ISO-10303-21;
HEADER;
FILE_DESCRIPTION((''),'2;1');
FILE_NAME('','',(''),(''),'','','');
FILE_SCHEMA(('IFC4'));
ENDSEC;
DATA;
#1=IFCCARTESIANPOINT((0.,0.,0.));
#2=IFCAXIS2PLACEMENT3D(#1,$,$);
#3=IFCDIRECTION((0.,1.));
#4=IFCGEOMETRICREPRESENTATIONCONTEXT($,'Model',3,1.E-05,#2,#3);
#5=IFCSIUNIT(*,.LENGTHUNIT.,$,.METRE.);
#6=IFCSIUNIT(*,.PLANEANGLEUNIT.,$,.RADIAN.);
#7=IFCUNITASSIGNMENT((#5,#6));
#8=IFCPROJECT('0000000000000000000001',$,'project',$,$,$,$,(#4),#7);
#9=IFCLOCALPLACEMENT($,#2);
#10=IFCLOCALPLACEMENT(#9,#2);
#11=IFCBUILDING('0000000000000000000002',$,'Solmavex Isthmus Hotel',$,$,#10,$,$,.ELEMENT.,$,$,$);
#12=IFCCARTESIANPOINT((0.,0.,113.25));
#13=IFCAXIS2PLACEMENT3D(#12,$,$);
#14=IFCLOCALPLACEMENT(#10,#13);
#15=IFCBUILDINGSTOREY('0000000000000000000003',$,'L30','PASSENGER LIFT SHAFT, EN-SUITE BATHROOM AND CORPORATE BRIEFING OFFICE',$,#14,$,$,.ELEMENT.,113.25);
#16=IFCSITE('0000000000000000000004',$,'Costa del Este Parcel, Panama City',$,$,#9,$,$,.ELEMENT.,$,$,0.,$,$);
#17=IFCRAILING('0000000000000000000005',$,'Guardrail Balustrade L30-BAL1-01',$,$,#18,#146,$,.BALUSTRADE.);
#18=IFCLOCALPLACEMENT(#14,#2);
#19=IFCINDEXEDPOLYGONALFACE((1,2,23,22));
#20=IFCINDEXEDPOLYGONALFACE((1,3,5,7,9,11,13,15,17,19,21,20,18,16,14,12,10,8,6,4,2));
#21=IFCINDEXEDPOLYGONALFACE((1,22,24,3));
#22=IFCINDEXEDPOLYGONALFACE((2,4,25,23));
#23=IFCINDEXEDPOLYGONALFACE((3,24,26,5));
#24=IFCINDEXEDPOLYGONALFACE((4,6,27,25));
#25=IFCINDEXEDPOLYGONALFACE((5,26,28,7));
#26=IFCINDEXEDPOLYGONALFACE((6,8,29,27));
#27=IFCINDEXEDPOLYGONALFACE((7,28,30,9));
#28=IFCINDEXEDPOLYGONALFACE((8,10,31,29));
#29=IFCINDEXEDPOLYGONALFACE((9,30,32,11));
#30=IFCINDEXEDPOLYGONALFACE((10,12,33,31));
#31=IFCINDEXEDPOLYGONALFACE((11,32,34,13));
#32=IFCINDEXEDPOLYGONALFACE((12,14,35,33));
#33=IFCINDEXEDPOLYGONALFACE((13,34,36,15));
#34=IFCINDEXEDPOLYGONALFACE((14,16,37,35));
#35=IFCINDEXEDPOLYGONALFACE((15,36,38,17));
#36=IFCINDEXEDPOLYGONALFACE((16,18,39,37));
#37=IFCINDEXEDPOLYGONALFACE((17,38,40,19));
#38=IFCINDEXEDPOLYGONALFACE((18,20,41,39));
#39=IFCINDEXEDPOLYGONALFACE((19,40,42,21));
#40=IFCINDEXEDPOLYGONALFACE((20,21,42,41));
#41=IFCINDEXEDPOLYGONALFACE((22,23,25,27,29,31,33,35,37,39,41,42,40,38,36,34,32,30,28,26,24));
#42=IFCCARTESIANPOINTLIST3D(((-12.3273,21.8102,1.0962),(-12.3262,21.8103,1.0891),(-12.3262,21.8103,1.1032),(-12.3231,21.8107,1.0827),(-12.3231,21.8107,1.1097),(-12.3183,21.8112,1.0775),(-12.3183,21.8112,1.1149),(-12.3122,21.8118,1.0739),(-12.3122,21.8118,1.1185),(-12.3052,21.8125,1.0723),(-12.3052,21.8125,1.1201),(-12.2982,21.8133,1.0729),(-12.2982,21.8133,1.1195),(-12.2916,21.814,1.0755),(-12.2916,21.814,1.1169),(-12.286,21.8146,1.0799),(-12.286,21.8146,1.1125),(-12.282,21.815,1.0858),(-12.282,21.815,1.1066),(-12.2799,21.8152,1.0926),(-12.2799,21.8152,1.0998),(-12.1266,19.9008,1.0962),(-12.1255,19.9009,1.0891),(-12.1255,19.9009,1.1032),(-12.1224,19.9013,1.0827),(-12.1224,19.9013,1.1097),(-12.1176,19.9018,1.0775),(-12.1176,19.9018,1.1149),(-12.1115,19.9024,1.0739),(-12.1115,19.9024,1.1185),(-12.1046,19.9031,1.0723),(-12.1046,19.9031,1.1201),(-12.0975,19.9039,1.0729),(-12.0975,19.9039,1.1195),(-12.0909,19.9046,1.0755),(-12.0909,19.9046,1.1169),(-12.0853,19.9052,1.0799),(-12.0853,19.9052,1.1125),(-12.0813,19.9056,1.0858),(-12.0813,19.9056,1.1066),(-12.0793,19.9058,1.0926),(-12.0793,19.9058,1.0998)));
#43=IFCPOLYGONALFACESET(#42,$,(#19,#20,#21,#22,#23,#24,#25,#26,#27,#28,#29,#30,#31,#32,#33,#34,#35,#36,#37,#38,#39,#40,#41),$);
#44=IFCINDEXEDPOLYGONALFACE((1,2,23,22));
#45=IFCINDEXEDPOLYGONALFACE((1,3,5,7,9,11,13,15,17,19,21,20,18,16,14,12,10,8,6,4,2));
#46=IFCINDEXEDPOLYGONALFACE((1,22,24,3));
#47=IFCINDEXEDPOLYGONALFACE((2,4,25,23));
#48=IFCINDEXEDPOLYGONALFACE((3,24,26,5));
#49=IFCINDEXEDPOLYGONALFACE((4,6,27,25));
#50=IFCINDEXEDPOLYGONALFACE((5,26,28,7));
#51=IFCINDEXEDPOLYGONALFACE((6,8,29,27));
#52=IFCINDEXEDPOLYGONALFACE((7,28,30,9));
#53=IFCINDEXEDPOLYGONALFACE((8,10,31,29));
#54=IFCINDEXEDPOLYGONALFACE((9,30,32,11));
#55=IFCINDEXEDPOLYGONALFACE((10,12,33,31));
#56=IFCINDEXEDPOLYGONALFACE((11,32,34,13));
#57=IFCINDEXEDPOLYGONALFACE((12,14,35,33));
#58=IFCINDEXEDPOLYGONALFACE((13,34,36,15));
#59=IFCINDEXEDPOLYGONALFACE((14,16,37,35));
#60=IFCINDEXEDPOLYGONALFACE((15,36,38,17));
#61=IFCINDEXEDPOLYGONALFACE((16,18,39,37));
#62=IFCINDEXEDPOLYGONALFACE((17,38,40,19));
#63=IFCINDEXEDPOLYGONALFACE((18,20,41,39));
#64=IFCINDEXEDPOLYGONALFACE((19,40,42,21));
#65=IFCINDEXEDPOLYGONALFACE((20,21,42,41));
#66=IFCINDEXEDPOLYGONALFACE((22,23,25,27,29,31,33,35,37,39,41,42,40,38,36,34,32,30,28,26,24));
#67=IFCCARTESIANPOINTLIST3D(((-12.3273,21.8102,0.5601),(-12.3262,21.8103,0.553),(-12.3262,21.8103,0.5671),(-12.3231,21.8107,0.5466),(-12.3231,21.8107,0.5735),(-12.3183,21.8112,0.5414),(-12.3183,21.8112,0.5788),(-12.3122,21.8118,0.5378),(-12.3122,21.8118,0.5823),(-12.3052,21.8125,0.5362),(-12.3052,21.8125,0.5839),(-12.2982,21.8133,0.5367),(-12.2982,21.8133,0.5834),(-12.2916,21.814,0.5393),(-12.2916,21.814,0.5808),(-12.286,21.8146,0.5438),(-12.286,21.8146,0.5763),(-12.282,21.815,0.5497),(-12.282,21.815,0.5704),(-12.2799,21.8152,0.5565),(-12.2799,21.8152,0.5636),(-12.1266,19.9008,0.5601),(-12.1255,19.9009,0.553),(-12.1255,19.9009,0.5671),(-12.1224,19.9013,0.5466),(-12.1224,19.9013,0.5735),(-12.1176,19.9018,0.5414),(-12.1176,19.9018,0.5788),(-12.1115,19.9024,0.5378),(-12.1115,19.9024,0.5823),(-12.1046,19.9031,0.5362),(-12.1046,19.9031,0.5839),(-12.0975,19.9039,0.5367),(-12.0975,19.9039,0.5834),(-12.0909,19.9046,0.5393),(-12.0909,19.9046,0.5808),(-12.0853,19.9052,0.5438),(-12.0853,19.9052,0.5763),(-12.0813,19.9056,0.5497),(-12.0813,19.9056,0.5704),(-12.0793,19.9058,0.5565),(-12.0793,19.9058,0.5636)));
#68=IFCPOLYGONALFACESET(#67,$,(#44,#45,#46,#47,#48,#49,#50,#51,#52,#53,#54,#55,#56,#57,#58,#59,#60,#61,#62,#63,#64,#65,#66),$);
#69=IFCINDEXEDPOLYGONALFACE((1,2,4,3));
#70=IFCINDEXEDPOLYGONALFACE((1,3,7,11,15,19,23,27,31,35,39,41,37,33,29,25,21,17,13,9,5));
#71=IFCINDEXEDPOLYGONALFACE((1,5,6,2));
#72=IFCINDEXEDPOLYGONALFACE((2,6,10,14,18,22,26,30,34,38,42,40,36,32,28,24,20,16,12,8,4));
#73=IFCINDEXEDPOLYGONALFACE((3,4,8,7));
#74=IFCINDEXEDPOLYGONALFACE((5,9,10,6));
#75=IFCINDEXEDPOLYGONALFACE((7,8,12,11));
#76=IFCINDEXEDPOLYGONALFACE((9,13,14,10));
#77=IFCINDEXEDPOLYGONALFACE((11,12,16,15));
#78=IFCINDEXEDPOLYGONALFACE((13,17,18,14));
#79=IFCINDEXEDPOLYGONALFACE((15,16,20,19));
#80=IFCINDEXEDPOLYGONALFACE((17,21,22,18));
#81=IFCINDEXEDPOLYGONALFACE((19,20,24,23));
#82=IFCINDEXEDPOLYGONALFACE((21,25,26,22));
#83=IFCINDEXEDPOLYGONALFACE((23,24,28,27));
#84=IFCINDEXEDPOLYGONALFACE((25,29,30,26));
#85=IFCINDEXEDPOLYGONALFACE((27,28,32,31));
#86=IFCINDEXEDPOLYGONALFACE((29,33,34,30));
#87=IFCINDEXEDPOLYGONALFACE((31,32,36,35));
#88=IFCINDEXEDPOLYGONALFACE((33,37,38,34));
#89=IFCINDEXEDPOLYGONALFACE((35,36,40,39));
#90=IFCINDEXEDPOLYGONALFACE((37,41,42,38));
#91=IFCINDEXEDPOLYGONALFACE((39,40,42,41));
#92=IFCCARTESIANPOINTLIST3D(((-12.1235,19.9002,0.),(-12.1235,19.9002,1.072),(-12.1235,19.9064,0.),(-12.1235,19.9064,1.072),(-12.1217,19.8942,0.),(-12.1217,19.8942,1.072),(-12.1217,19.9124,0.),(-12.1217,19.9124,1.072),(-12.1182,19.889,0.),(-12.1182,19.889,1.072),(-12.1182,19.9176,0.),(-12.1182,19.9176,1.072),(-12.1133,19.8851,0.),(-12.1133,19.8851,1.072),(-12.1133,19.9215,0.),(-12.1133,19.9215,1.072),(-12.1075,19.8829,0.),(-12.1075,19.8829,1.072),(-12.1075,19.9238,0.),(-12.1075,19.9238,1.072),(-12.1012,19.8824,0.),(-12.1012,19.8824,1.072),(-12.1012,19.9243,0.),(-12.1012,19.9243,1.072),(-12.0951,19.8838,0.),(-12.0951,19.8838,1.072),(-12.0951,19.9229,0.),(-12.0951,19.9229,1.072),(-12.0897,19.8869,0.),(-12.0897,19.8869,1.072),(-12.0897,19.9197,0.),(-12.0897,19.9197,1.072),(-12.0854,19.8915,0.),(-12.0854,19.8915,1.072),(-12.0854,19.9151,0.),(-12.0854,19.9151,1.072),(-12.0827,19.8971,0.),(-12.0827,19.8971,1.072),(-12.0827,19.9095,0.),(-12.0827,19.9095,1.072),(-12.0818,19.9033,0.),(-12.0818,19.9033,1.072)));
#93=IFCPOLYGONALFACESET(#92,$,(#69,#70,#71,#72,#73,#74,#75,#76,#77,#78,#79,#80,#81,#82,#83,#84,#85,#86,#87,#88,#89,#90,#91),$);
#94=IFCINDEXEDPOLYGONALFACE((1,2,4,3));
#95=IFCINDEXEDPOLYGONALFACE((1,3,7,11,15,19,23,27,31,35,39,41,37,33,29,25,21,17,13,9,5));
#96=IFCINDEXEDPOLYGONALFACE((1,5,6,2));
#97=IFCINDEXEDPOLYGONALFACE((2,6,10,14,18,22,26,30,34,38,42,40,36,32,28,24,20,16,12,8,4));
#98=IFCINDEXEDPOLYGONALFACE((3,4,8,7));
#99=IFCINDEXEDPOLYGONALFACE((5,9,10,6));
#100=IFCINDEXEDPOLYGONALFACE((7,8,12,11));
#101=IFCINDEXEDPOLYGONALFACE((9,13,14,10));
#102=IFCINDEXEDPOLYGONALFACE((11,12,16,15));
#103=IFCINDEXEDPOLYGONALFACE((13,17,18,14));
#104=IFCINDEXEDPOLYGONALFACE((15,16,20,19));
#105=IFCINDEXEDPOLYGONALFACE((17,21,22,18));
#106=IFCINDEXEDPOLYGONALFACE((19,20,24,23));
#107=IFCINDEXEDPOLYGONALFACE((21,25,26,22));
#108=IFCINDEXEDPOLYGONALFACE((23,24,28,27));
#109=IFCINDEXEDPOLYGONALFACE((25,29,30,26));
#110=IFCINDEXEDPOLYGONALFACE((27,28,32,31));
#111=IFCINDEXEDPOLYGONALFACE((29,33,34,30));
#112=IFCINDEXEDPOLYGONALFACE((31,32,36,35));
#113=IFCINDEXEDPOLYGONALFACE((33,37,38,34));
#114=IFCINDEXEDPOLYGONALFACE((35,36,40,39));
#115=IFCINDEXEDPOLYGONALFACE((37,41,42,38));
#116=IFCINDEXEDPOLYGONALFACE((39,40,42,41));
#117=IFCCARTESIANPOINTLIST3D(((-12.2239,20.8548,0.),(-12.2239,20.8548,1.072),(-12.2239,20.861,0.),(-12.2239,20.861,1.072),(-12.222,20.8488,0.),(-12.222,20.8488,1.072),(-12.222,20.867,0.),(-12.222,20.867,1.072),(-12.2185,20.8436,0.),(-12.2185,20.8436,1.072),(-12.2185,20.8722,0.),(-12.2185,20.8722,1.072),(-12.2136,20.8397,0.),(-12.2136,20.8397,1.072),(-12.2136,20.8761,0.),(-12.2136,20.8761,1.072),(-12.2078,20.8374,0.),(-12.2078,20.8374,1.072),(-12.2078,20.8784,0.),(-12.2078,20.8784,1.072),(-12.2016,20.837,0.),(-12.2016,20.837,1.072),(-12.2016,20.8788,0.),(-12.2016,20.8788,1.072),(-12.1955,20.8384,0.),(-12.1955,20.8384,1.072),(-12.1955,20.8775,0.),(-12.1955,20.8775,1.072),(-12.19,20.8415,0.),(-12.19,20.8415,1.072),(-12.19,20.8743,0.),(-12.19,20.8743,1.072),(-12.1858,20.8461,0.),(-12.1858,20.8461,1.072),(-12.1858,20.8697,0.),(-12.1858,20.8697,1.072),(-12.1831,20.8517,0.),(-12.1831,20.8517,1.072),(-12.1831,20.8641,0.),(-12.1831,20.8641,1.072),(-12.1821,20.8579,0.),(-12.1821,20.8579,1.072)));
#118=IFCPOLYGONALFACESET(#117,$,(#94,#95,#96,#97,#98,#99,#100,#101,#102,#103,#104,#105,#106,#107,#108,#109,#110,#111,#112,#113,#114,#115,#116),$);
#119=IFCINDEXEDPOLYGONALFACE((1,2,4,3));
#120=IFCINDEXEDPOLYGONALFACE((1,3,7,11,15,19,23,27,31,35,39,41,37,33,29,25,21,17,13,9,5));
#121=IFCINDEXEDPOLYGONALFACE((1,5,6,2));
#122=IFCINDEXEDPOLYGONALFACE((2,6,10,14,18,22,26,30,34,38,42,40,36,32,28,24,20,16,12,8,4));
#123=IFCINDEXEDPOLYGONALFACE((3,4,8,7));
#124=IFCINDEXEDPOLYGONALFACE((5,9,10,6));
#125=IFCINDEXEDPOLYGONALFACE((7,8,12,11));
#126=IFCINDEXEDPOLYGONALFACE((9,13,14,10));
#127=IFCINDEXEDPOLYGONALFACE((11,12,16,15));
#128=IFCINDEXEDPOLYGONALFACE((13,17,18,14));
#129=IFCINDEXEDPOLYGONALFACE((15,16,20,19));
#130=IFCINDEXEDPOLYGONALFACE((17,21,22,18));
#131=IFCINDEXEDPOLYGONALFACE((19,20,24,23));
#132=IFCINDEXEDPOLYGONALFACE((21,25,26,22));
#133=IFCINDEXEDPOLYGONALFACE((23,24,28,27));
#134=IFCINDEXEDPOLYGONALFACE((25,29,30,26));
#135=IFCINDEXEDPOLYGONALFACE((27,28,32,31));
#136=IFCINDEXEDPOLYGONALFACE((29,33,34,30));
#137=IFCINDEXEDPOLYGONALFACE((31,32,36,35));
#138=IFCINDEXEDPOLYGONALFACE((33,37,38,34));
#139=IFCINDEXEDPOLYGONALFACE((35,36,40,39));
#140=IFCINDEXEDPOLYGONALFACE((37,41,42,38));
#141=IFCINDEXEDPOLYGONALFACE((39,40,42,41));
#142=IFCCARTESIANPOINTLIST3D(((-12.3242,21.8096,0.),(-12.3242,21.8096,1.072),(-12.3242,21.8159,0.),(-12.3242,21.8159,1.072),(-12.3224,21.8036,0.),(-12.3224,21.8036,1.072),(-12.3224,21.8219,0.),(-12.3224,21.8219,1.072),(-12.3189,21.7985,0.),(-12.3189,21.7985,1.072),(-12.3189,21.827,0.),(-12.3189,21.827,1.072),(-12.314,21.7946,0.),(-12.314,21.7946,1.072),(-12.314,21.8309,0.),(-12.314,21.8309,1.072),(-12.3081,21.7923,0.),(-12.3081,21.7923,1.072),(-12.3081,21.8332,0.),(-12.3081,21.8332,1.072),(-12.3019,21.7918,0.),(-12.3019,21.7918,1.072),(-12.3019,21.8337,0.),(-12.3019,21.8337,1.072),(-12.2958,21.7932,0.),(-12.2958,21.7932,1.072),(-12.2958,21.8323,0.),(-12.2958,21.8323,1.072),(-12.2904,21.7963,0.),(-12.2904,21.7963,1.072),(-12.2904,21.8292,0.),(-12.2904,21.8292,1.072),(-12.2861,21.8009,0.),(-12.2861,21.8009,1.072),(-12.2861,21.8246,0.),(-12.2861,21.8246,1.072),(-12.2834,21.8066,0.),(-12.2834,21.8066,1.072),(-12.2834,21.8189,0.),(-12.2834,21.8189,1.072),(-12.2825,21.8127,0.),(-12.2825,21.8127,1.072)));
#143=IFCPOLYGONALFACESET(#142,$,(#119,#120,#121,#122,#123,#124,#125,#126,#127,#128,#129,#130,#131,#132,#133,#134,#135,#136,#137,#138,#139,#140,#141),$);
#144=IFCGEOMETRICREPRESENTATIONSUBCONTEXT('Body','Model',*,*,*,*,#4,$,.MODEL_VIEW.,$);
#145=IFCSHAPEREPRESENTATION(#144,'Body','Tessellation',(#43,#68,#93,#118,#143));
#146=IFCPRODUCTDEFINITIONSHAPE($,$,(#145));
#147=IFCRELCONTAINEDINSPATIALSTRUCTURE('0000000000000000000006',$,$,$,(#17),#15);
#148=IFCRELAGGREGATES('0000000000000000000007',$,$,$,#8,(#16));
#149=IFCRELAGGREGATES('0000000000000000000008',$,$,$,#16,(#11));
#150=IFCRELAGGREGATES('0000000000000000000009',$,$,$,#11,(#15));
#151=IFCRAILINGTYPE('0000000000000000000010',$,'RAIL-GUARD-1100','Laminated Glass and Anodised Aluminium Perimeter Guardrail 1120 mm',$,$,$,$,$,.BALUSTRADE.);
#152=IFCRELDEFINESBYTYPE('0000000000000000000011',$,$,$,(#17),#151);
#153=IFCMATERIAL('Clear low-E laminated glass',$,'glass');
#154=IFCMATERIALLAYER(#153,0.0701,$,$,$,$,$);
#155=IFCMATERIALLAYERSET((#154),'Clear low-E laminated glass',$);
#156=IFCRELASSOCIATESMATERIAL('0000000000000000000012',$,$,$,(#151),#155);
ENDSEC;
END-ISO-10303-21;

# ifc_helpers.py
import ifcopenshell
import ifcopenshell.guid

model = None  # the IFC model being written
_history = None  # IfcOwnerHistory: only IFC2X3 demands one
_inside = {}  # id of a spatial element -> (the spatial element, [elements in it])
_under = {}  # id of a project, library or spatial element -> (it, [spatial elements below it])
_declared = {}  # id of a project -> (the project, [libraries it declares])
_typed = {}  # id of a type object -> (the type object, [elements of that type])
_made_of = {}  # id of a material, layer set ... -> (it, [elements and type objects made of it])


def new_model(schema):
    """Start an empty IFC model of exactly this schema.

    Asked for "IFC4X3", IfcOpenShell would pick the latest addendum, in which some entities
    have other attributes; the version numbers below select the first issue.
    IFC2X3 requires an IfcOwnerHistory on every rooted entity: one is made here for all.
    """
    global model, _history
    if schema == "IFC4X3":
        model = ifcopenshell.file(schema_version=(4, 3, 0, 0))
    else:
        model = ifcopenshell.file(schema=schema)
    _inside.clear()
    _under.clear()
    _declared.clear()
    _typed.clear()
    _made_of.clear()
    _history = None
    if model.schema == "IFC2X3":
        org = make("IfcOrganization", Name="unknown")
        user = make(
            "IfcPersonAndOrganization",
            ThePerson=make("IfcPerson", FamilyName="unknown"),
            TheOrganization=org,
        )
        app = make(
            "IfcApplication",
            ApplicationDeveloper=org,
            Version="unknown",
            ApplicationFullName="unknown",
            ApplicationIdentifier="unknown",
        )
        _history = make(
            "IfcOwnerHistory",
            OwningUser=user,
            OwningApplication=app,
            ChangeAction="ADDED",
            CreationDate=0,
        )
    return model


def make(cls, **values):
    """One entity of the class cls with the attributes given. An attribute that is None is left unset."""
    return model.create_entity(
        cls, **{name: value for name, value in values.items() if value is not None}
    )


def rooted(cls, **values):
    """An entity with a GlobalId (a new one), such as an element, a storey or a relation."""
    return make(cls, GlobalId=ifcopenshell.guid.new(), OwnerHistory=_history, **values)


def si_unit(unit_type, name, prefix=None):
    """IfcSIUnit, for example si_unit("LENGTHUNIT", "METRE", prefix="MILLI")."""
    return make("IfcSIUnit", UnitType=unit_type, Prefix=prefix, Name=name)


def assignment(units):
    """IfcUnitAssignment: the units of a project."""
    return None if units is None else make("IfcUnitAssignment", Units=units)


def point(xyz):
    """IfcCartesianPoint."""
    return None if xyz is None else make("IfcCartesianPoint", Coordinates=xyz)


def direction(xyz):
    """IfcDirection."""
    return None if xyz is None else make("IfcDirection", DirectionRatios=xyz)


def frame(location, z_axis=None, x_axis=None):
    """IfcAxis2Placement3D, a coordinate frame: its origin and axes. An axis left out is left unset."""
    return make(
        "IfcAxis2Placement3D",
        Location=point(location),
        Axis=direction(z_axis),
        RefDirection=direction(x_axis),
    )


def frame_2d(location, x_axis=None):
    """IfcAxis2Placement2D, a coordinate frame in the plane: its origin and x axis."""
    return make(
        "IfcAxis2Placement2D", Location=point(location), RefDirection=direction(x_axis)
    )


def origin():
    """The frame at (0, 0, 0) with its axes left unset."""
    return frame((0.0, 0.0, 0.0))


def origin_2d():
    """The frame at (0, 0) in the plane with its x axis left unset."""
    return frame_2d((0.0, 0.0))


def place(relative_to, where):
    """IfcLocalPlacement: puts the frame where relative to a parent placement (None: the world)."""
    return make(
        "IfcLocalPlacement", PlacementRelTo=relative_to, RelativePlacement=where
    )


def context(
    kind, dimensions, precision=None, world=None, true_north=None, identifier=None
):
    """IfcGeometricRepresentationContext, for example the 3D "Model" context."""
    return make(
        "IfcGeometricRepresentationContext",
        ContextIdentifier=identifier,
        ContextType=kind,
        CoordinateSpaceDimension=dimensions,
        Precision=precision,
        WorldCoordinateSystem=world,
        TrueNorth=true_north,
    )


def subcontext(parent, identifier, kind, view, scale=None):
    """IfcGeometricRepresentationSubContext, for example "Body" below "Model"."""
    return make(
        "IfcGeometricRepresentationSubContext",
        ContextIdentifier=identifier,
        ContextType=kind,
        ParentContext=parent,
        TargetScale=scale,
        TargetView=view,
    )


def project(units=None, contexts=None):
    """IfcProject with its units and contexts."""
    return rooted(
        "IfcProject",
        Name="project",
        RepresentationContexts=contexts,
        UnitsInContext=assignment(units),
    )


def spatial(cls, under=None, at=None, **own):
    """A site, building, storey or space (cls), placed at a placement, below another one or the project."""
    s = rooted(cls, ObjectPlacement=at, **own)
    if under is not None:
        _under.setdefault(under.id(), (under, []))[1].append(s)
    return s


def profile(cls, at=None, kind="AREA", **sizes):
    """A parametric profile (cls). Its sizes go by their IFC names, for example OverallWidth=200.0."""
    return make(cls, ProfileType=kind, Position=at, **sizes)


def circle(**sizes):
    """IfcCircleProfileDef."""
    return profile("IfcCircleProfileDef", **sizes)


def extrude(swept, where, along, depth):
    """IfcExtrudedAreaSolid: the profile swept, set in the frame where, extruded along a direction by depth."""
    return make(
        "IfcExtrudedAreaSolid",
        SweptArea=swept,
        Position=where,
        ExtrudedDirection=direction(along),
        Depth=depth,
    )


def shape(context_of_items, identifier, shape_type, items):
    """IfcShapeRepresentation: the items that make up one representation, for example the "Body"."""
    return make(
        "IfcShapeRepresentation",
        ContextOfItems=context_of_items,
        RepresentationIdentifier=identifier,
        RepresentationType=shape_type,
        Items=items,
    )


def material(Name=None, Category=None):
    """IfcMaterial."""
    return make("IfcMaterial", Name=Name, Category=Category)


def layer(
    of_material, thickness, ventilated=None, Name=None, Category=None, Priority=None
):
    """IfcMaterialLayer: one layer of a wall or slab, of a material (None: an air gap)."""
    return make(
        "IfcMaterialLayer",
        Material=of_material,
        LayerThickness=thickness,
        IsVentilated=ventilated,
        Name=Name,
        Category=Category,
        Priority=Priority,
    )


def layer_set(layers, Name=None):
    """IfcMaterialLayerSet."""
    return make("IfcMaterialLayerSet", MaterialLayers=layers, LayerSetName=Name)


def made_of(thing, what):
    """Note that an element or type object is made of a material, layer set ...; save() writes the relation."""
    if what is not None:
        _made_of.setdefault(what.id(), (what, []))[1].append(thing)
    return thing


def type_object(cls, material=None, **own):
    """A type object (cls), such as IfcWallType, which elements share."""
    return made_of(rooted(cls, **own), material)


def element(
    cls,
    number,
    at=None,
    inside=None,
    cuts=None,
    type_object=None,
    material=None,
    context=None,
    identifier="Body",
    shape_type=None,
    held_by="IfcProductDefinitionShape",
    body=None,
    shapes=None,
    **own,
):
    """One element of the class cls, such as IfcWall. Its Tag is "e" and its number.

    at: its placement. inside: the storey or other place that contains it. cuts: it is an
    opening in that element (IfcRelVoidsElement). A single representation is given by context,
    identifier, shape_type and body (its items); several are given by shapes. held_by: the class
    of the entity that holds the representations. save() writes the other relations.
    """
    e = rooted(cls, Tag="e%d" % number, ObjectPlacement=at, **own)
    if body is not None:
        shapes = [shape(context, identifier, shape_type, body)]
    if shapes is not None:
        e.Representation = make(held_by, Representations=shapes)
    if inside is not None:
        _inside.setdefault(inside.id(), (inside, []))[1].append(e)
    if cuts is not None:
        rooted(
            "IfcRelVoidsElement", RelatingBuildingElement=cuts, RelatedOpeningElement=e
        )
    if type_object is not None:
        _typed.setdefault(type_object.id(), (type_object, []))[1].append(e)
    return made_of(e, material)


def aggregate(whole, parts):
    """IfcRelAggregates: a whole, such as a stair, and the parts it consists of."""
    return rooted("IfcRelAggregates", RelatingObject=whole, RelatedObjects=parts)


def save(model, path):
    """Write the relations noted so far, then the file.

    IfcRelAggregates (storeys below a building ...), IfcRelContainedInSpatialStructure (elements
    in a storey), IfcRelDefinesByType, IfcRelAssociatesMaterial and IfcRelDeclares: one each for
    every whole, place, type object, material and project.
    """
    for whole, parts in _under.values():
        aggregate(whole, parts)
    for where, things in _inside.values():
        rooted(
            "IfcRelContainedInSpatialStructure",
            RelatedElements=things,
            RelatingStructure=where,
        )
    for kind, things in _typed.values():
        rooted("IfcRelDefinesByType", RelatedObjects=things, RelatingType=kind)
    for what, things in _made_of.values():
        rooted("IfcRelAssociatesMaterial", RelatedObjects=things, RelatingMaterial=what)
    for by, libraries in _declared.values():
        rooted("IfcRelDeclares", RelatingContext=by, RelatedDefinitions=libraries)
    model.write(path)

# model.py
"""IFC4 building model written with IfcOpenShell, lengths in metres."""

from ifc_helpers import new_model, si_unit, direction, frame, origin, origin_2d, place, context, subcontext, project, spatial, circle, extrude, material, layer, layer_set, type_object, element, save


model = new_model("IFC4")

# Units and contexts
model_context = context("Model", 3, precision=1e-05, world=origin(), true_north=direction((0.0, 1.0)))
body_context = subcontext(model_context, "Body", "Model", "MODEL_VIEW")
ifc_project = project(units=[si_unit("LENGTHUNIT", "METRE"), si_unit("PLANEANGLEUNIT", "RADIAN")], contexts=[model_context])

# Site, building, storey
site_placement = place(None, origin())
site = spatial("IfcSite", under=ifc_project, at=site_placement, Name="Costa del Este Parcel, Panama City", CompositionType="ELEMENT", RefElevation=0.0)
building_placement = place(site_placement, origin())
building = spatial("IfcBuilding", under=site, at=building_placement, Name="Solmavex Isthmus Hotel", CompositionType="ELEMENT")
storey_placement = place(building_placement, frame((0.0, 0.0, 113.25)))
storey = spatial("IfcBuildingStorey", under=building, at=storey_placement, Name="L30", Description="PASSENGER LIFT SHAFT, EN-SUITE BATHROOM AND CORPORATE BRIEFING OFFICE", CompositionType="ELEMENT", Elevation=113.25)

# Shared definitions
ifc_material_1 = material(Name="Clear low-E laminated glass", Category="glass")

# Railing
ifc_layer_1 = layer(ifc_material_1, 0.0701)
ifc_layer_set_1 = layer_set([ifc_layer_1], Name="Clear low-E laminated glass")
railing_type = type_object("IfcRailingType", Name="RAIL-GUARD-1100", Description="Laminated Glass and Anodised Aluminium Perimeter Guardrail 1120 mm", PredefinedType="BALUSTRADE", material=ifc_layer_set_1)
railing_1_placement = place(storey_placement, frame((-12.1028, 19.9033, 0.0)))
element("IfcRailing", 1, at=railing_1_placement, inside=storey, type_object=railing_type, Name="Guardrail Balustrade L30-BAL1-01", PredefinedType="BALUSTRADE", context=body_context, shape_type="SweptSolid", body=[
    extrude(circle(Radius=0.0239, at=origin_2d()), frame((0.0, 0.0, 1.0962), z_axis=(-0.104526, 0.994522, 0.0), x_axis=(-0.994522, -0.104526, 0.0)), (0.0, 0.0, 1.0), 1.9199),
    extrude(circle(Radius=0.0239, at=origin_2d()), frame((0.0, 0.0, 0.5601), z_axis=(-0.104526, 0.994522, 0.0), x_axis=(-0.994522, -0.104526, 0.0)), (0.0, 0.0, 1.0), 1.9199),
    extrude(circle(Radius=0.021, at=origin_2d()), origin(), (0.0, 0.0, 1.0), 1.072),
    extrude(circle(Radius=0.021, at=origin_2d()), frame((-0.1003, 0.9546, 0.0)), (0.0, 0.0, 1.0), 1.072),
    extrude(circle(Radius=0.021, at=origin_2d()), frame((-0.2007, 1.9094, 0.0)), (0.0, 0.0, 1.0), 1.072),
])

save(model, "model.ifc")
